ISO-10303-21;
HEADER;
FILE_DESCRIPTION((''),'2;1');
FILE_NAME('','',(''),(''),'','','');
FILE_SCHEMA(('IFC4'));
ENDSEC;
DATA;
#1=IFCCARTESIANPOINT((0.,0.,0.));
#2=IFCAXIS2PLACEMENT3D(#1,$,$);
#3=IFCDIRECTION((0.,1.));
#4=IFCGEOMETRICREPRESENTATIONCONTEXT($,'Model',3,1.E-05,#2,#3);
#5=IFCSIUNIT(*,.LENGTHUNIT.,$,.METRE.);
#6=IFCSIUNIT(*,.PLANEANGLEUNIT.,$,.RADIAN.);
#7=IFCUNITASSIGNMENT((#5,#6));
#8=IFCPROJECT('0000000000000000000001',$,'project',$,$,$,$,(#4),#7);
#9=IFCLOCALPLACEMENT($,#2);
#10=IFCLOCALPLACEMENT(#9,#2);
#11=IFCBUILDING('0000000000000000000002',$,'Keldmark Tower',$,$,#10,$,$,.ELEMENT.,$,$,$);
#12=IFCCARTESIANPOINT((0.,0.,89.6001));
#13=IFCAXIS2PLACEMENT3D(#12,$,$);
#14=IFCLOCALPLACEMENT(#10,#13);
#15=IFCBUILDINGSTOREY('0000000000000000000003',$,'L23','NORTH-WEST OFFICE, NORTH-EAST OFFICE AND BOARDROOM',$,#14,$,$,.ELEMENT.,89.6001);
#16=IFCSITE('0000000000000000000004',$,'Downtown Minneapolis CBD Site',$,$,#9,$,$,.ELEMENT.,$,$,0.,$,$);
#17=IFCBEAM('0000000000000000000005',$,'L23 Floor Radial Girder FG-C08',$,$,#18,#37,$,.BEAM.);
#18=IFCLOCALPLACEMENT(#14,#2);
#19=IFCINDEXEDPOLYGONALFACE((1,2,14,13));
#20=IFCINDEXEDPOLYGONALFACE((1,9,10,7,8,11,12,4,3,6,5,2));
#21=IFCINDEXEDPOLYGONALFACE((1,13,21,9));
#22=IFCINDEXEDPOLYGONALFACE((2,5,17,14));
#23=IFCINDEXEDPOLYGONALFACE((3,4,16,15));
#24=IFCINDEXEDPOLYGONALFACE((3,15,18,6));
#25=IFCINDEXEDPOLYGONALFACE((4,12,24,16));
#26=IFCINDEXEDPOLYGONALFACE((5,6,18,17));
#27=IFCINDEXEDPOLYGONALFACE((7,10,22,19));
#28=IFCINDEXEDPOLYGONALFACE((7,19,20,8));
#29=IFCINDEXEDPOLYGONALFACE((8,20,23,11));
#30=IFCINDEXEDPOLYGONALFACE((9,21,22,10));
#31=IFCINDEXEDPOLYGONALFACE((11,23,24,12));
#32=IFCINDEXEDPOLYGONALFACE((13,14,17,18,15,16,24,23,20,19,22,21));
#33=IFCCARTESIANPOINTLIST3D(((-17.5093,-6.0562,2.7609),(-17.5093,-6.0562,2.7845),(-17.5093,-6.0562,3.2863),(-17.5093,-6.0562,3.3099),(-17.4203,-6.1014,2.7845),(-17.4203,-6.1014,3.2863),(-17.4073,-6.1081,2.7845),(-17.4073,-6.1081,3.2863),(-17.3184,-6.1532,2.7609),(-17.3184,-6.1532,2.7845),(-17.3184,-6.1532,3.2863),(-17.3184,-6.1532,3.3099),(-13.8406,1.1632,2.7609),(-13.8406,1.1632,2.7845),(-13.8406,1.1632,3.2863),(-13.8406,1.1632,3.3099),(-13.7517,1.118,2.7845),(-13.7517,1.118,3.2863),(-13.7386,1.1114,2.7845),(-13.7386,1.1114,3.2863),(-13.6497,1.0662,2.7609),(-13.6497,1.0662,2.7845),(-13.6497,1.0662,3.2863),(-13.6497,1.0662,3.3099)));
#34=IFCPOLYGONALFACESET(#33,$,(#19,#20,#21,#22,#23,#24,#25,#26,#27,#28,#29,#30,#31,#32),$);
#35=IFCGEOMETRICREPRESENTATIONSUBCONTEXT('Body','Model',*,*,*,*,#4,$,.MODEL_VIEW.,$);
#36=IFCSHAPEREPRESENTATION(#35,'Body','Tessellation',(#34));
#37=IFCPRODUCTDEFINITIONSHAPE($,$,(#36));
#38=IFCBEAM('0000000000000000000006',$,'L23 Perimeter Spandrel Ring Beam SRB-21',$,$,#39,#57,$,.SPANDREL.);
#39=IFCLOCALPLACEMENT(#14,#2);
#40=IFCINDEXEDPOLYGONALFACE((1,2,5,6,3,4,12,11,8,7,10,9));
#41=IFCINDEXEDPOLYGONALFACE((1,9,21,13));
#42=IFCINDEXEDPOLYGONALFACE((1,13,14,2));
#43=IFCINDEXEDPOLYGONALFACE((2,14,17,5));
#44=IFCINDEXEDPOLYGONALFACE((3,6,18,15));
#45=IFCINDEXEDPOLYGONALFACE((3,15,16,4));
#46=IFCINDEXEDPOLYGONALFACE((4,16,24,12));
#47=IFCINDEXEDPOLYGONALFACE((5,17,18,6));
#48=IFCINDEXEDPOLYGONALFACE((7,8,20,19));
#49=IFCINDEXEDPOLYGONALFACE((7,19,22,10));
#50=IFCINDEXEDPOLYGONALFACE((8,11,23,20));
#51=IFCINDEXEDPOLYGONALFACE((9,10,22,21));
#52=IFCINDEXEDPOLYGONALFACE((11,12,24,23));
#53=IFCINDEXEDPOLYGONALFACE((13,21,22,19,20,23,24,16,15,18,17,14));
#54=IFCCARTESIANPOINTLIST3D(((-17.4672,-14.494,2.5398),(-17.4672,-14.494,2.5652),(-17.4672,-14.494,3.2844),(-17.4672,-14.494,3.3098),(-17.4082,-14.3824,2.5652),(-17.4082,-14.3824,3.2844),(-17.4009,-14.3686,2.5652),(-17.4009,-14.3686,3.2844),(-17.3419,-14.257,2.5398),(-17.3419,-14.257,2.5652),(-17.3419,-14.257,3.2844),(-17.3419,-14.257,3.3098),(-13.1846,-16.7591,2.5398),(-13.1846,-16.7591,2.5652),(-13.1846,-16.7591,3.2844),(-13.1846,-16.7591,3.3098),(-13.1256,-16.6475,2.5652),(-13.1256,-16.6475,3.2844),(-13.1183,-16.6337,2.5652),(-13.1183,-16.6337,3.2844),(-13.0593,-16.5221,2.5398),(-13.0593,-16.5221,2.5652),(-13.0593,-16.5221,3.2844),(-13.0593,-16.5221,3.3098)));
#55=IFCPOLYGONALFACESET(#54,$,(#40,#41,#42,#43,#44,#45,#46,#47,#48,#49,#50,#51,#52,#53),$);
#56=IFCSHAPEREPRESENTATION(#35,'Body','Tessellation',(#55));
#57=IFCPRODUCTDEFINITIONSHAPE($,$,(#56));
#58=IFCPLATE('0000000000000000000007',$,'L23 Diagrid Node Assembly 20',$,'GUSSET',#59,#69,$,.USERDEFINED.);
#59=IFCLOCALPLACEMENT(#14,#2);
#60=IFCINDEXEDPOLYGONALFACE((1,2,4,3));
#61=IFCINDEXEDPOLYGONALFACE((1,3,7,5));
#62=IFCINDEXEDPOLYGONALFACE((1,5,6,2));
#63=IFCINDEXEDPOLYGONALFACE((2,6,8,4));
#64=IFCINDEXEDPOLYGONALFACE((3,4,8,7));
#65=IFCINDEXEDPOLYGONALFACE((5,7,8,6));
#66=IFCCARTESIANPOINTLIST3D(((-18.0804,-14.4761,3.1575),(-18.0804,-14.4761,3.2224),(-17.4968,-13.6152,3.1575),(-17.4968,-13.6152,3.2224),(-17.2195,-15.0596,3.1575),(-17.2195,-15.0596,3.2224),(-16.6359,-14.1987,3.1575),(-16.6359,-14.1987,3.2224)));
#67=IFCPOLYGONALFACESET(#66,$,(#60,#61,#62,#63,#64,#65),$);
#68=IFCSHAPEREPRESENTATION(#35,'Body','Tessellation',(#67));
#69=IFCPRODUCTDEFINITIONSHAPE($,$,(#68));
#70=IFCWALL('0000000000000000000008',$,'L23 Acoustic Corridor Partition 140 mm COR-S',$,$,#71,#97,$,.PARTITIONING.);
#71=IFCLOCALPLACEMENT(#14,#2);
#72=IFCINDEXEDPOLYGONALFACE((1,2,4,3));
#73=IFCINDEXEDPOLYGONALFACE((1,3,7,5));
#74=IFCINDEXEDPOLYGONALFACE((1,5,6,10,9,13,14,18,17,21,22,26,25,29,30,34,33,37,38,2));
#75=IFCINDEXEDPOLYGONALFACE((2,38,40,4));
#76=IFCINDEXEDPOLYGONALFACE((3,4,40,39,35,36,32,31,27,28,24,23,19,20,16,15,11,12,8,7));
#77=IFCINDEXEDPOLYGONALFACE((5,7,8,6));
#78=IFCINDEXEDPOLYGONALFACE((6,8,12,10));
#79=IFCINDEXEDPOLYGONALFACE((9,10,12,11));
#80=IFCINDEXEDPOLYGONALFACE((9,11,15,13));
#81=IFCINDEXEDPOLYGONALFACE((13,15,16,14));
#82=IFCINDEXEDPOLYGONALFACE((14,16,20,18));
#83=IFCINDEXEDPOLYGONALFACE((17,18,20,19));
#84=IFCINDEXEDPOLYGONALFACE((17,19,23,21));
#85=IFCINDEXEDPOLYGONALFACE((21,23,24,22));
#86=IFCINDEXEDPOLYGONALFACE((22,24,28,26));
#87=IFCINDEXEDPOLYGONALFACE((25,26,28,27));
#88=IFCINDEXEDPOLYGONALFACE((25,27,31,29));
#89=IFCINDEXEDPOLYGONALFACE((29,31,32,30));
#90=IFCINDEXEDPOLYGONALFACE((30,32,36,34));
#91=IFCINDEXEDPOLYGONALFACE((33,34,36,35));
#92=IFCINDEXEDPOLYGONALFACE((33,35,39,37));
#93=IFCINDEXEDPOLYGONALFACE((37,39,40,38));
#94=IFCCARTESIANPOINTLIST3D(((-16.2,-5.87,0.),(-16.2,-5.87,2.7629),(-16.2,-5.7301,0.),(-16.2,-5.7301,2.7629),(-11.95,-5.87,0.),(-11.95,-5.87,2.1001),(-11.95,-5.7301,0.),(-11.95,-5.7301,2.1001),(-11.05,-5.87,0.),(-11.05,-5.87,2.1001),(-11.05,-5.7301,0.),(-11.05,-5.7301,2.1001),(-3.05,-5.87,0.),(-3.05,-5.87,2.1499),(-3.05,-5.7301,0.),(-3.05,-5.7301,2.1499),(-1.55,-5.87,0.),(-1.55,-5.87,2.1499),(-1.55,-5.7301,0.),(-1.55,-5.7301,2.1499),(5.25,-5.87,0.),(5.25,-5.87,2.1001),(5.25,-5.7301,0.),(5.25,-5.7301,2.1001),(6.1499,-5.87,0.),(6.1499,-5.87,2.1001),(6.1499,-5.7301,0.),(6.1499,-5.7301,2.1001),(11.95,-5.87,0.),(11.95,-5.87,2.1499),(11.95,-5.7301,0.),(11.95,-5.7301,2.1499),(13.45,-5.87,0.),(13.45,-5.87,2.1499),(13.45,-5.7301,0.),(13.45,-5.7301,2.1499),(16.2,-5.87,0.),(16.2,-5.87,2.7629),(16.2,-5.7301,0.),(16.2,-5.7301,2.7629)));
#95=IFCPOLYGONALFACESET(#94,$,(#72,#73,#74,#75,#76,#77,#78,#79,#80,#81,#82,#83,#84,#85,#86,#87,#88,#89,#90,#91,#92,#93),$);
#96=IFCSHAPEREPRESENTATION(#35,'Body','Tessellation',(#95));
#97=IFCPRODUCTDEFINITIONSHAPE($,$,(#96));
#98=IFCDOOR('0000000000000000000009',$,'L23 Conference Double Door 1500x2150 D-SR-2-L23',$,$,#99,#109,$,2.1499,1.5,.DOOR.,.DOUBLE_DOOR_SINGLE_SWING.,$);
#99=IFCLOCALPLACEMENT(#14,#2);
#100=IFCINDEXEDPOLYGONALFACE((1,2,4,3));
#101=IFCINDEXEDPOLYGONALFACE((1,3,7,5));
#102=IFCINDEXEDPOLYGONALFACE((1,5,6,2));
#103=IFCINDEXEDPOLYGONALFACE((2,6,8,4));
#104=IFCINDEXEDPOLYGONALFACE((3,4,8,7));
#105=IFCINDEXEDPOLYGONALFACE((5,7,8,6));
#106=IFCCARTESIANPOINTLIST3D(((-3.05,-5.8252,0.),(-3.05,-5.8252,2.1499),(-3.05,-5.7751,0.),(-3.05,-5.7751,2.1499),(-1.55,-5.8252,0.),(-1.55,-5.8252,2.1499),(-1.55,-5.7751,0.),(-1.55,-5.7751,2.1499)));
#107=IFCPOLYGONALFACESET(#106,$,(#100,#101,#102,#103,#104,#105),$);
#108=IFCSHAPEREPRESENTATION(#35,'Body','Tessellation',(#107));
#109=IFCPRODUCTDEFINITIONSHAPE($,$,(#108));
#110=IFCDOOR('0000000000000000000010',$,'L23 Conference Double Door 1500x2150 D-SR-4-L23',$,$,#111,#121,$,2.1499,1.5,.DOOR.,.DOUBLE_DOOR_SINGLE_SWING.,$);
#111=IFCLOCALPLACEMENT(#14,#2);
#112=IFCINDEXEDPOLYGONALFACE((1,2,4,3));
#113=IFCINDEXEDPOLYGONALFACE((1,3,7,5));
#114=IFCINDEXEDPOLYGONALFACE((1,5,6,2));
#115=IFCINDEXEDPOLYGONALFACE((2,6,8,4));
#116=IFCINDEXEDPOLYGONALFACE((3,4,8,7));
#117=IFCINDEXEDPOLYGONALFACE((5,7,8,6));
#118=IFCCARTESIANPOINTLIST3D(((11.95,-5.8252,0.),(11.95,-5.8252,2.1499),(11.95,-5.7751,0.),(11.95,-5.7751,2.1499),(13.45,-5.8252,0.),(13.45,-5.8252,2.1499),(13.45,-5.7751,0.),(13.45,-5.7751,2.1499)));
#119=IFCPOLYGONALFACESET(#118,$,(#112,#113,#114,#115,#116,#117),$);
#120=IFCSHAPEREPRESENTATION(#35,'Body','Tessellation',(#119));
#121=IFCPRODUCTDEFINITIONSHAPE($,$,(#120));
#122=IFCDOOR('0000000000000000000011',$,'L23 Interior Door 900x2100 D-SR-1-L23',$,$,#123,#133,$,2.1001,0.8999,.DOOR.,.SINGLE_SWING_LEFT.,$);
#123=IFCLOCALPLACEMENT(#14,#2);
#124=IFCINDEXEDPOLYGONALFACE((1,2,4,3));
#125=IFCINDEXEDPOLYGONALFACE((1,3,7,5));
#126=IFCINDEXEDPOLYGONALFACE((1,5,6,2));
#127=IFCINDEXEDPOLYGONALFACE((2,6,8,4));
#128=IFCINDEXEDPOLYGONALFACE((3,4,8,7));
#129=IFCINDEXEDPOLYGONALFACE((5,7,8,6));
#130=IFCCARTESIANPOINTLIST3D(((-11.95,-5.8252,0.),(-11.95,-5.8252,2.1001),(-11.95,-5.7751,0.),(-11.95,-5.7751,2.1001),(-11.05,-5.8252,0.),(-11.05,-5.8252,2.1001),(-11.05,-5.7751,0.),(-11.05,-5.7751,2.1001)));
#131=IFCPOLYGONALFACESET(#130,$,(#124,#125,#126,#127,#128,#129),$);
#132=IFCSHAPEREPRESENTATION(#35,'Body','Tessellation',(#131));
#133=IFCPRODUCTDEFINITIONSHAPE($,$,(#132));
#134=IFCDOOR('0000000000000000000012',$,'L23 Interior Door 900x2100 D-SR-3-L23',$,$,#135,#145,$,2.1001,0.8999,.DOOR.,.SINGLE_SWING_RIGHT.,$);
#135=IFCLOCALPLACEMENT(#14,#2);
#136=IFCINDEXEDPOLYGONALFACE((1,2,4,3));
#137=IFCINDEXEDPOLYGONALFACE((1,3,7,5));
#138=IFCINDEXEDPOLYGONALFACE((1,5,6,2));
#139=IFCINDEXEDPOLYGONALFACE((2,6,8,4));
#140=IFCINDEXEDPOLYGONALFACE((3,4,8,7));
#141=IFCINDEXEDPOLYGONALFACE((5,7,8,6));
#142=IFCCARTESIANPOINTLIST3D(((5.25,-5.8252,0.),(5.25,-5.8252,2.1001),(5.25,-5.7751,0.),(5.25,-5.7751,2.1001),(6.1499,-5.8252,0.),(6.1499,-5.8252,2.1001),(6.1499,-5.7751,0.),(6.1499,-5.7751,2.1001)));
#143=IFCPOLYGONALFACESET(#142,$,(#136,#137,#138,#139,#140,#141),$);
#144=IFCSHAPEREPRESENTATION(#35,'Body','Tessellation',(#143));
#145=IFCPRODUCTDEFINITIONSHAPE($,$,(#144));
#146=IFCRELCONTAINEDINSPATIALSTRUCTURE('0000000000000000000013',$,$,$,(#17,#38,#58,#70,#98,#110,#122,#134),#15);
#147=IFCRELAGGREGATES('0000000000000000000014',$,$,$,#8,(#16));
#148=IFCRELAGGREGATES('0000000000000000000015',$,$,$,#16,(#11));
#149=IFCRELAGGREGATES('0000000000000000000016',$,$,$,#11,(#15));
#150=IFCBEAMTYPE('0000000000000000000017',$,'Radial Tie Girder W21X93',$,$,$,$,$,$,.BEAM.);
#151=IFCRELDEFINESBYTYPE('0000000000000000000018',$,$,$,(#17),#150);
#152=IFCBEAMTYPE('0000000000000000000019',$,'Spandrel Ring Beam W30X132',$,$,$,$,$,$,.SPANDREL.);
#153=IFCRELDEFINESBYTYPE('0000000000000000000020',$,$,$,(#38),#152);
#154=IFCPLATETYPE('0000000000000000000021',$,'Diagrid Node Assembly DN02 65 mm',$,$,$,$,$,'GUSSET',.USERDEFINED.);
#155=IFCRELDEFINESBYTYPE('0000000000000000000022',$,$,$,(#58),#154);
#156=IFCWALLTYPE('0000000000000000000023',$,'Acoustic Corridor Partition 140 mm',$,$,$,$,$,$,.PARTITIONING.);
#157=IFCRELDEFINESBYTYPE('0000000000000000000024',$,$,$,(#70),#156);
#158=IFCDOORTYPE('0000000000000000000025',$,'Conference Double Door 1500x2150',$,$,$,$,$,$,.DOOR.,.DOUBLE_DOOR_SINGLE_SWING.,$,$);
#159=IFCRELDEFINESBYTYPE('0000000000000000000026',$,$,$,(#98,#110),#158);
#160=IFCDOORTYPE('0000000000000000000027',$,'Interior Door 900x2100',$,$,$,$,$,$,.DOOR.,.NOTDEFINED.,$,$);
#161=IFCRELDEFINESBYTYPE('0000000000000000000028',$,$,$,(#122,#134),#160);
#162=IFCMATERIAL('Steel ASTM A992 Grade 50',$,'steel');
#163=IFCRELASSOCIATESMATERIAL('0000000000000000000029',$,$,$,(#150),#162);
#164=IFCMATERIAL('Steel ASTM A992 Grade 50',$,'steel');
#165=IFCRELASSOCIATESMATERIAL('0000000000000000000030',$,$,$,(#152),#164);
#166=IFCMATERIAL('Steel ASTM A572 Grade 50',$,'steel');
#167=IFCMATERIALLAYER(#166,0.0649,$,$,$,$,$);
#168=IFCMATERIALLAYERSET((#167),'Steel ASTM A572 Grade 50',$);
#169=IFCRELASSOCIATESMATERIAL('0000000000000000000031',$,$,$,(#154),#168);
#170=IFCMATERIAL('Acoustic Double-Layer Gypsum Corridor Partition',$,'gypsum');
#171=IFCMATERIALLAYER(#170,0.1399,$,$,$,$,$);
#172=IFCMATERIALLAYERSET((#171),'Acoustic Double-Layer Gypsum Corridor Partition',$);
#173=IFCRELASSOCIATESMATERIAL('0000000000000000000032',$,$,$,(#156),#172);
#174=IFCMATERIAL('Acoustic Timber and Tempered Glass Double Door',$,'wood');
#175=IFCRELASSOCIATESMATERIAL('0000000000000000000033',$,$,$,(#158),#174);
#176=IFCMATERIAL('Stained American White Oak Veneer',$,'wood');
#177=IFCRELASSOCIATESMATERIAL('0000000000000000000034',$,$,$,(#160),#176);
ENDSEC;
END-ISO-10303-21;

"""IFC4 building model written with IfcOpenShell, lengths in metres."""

from ifc_helpers import new_model, si_unit, direction, frame, frame_2d, origin, origin_2d, place, context, subcontext, project, spatial, rectangle, i_section, extrude, material, layer, layer_set, material_profile, profile_set, type_object, element, fill, save


model = new_model("IFC4")

# Units and contexts
model_context = context("Model", 3, precision=1e-05, world=origin(), true_north=direction((0.0, 1.0)))
body_context = subcontext(model_context, "Body", "Model", "MODEL_VIEW")
ifc_project = project(units=[si_unit("LENGTHUNIT", "METRE"), si_unit("PLANEANGLEUNIT", "RADIAN")], contexts=[model_context])

# Site, building, storey
site_placement = place(None, origin())
site = spatial("IfcSite", under=ifc_project, at=site_placement, Name="Downtown Minneapolis CBD Site", CompositionType="ELEMENT", RefElevation=0.0)
building_placement = place(site_placement, origin())
building = spatial("IfcBuilding", under=site, at=building_placement, Name="Keldmark Tower", CompositionType="ELEMENT")
storey_placement = place(building_placement, frame((0.0, 0.0, 89.6001)))
storey = spatial("IfcBuildingStorey", under=building, at=storey_placement, Name="L23", Description="NORTH-WEST OFFICE, NORTH-EAST OFFICE AND BOARDROOM", CompositionType="ELEMENT", Elevation=89.6001)

# Beams
ifc_material_1 = material(Name="Steel ASTM A992 Grade 50", Category="steel")
ifc_material_profile_1 = material_profile(ifc_material_1, i_section(OverallWidth=0.2141, OverallDepth=0.5491, WebThickness=0.0146, FlangeThickness=0.0237, at=origin_2d()), Name="W21X93")
ifc_profile_set_1 = profile_set([ifc_material_profile_1], Name="Steel ASTM A992 Grade 50")
beam_type_1 = type_object("IfcBeamType", Name="Radial Tie Girder W21X93", PredefinedType="BEAM", material=ifc_profile_set_1)
beam_1_placement = place(storey_placement, frame((-17.4138, -6.1047, 3.0354), z_axis=(0.453029, 0.891496, 0.0), x_axis=(-0.891496, 0.453029, 0.0)))
element("IfcBeam", 1, at=beam_1_placement, inside=storey, type_object=beam_type_1, Name="L23 Floor Radial Girder FG-C08", PredefinedType="BEAM", context=body_context, shape_type="SweptSolid", body=[
    extrude(i_section(OverallWidth=0.2141, OverallDepth=0.5491, WebThickness=0.0146, FlangeThickness=0.0237, at=origin_2d()), origin(), (0.0, 0.0, 1.0), 8.0981),
])
ifc_material_2 = material(Name="Steel ASTM A992 Grade 50", Category="steel")
ifc_material_profile_2 = material_profile(ifc_material_2, i_section(OverallWidth=0.2681, OverallDepth=0.77, WebThickness=0.0156, FlangeThickness=0.0254, at=origin_2d()), Name="W30X132")
ifc_profile_set_2 = profile_set([ifc_material_profile_2], Name="Steel ASTM A992 Grade 50")
beam_type_2 = type_object("IfcBeamType", Name="Spandrel Ring Beam W30X132", PredefinedType="SPANDREL", material=ifc_profile_set_2)
beam_2_placement = place(storey_placement, frame((-17.4045, -14.3755, 2.9248), z_axis=(0.883974, -0.467536, 0.0), x_axis=(0.467536, 0.883974, 0.0)))
element("IfcBeam", 2, at=beam_2_placement, inside=storey, type_object=beam_type_2, Name="L23 Perimeter Spandrel Ring Beam SRB-21", PredefinedType="SPANDREL", context=body_context, shape_type="SweptSolid", body=[
    extrude(i_section(OverallWidth=0.2681, OverallDepth=0.77, WebThickness=0.0156, FlangeThickness=0.0254, at=origin_2d()), origin(), (0.0, 0.0, 1.0), 4.8447),
])

# Plate
ifc_material_3 = material(Name="Steel ASTM A572 Grade 50", Category="steel")
ifc_layer_1 = layer(ifc_material_3, 0.0649)
ifc_layer_set_1 = layer_set([ifc_layer_1], Name="Steel ASTM A572 Grade 50")
plate_type = type_object("IfcPlateType", Name="Diagrid Node Assembly DN02 65 mm", ElementType="GUSSET", PredefinedType="USERDEFINED", material=ifc_layer_set_1)
plate_placement = place(storey_placement, frame((-17.3582, -14.3374, 3.1575), z_axis=(0.0, 0.0, 1.0), x_axis=(0.827767, -0.561072, 0.0)))
element("IfcPlate", 3, at=plate_placement, inside=storey, type_object=plate_type, Name="L23 Diagrid Node Assembly 20", ObjectType="GUSSET", PredefinedType="USERDEFINED", context=body_context, shape_type="SweptSolid", body=[
    extrude(rectangle(XDim=1.04, YDim=1.04, at=origin_2d()), origin(), (0.0, 0.0, 1.0), 0.0649),
])

# Wall, openings, doors
ifc_material_4 = material(Name="Acoustic Double-Layer Gypsum Corridor Partition", Category="gypsum")
ifc_layer_2 = layer(ifc_material_4, 0.1399)
ifc_layer_set_2 = layer_set([ifc_layer_2], Name="Acoustic Double-Layer Gypsum Corridor Partition")
wall_type_1 = type_object("IfcWallType", Name="Acoustic Corridor Partition 140 mm", PredefinedType="PARTITIONING", material=ifc_layer_set_2)
wall_1_placement = place(storey_placement, frame((-16.2, -5.8, 0.0), z_axis=(0.0, 0.0, 1.0), x_axis=(1.0, 0.0, 0.0)))
wall_1 = element("IfcWall", 4, at=wall_1_placement, inside=storey, type_object=wall_type_1, Name="L23 Acoustic Corridor Partition 140 mm COR-S", PredefinedType="PARTITIONING", context=body_context, shape_type="SweptSolid", body=[
    extrude(rectangle(XDim=32.3999, YDim=0.1399, at=frame_2d((16.2, 0.0))), origin(), (0.0, 0.0, 1.0), 2.7629),
])
opening_1_placement = place(wall_1_placement, frame((4.25, 0.0, 0.0)))
opening_1 = element("IfcOpeningElement", 5, at=opening_1_placement, cuts=wall_1, PredefinedType="OPENING", context=body_context, shape_type="SweptSolid", body=[
    extrude(rectangle(XDim=0.8999, YDim=2.1001, at=frame_2d((0.45, 1.05))), frame((0.0, 0.0798, 0.0), z_axis=(0.0, -1.0, 0.0), x_axis=(1.0, 0.0, 0.0)), (0.0, 0.0, 1.0), 0.1599),
])
opening_2_placement = place(wall_1_placement, frame((13.1499, 0.0, 0.0)))
opening_2 = element("IfcOpeningElement", 6, at=opening_2_placement, cuts=wall_1, PredefinedType="OPENING", context=body_context, shape_type="SweptSolid", body=[
    extrude(rectangle(XDim=1.5, YDim=2.1499, at=frame_2d((0.75, 1.075))), frame((0.0, 0.0798, 0.0), z_axis=(0.0, -1.0, 0.0), x_axis=(1.0, 0.0, 0.0)), (0.0, 0.0, 1.0), 0.1599),
])
opening_3_placement = place(wall_1_placement, frame((21.45, 0.0, 0.0)))
opening_3 = element("IfcOpeningElement", 7, at=opening_3_placement, cuts=wall_1, PredefinedType="OPENING", context=body_context, shape_type="SweptSolid", body=[
    extrude(rectangle(XDim=0.8999, YDim=2.1001, at=frame_2d((0.45, 1.05))), frame((0.0, 0.0798, 0.0), z_axis=(0.0, -1.0, 0.0), x_axis=(1.0, 0.0, 0.0)), (0.0, 0.0, 1.0), 0.1599),
])
opening_4_placement = place(wall_1_placement, frame((28.1499, 0.0, 0.0)))
opening_4 = element("IfcOpeningElement", 8, at=opening_4_placement, cuts=wall_1, PredefinedType="OPENING", context=body_context, shape_type="SweptSolid", body=[
    extrude(rectangle(XDim=1.5, YDim=2.1499, at=frame_2d((0.75, 1.075))), frame((0.0, 0.0798, 0.0), z_axis=(0.0, -1.0, 0.0), x_axis=(1.0, 0.0, 0.0)), (0.0, 0.0, 1.0), 0.1599),
])
ifc_material_5 = material(Name="Acoustic Timber and Tempered Glass Double Door", Category="wood")
door_type_1 = type_object("IfcDoorType", Name="Conference Double Door 1500x2150", OperationType="DOUBLE_DOOR_SINGLE_SWING", PredefinedType="DOOR", material=ifc_material_5)
door_1_placement = place(opening_2_placement, origin())
door_1 = element("IfcDoor", 9, at=door_1_placement, inside=storey, type_object=door_type_1, Name="L23 Conference Double Door 1500x2150 D-SR-2-L23", OperationType="DOUBLE_DOOR_SINGLE_SWING", OverallHeight=2.1499, OverallWidth=1.5, PredefinedType="DOOR", context=body_context, shape_type="SweptSolid", body=[
    extrude(rectangle(XDim=1.5, YDim=2.1499, at=frame_2d((0.75, 1.075))), frame((0.0, 0.0249, 0.0), z_axis=(0.0, -1.0, 0.0), x_axis=(1.0, 0.0, 0.0)), (0.0, 0.0, 1.0), 0.05),
])
fill(opening_2, door_1)
door_2_placement = place(opening_4_placement, origin())
door_2 = element("IfcDoor", 10, at=door_2_placement, inside=storey, type_object=door_type_1, Name="L23 Conference Double Door 1500x2150 D-SR-4-L23", OperationType="DOUBLE_DOOR_SINGLE_SWING", OverallHeight=2.1499, OverallWidth=1.5, PredefinedType="DOOR", context=body_context, shape_type="SweptSolid", body=[
    extrude(rectangle(XDim=1.5, YDim=2.1499, at=frame_2d((0.75, 1.075))), frame((0.0, 0.0249, 0.0), z_axis=(0.0, -1.0, 0.0), x_axis=(1.0, 0.0, 0.0)), (0.0, 0.0, 1.0), 0.05),
])
fill(opening_4, door_2)
ifc_material_6 = material(Name="Stained American White Oak Veneer", Category="wood")
door_type_2 = type_object("IfcDoorType", Name="Interior Door 900x2100", OperationType="NOTDEFINED", PredefinedType="DOOR", material=ifc_material_6)
door_3_placement = place(opening_1_placement, origin())
door_3 = element("IfcDoor", 11, at=door_3_placement, inside=storey, type_object=door_type_2, Name="L23 Interior Door 900x2100 D-SR-1-L23", OperationType="SINGLE_SWING_LEFT", OverallHeight=2.1001, OverallWidth=0.8999, PredefinedType="DOOR", context=body_context, shape_type="SweptSolid", body=[
    extrude(rectangle(XDim=0.8999, YDim=2.1001, at=frame_2d((0.45, 1.05))), frame((0.0, 0.0249, 0.0), z_axis=(0.0, -1.0, 0.0), x_axis=(1.0, 0.0, 0.0)), (0.0, 0.0, 1.0), 0.05),
])
fill(opening_1, door_3)
door_4_placement = place(opening_3_placement, origin())
door_4 = element("IfcDoor", 12, at=door_4_placement, inside=storey, type_object=door_type_2, Name="L23 Interior Door 900x2100 D-SR-3-L23", OperationType="SINGLE_SWING_RIGHT", OverallHeight=2.1001, OverallWidth=0.8999, PredefinedType="DOOR", context=body_context, shape_type="SweptSolid", body=[
    extrude(rectangle(XDim=0.8999, YDim=2.1001, at=frame_2d((0.45, 1.05))), frame((0.0, 0.0249, 0.0), z_axis=(0.0, -1.0, 0.0), x_axis=(1.0, 0.0, 0.0)), (0.0, 0.0, 1.0), 0.05),
])
fill(opening_3, door_4)

save(model, "model.ifc")
